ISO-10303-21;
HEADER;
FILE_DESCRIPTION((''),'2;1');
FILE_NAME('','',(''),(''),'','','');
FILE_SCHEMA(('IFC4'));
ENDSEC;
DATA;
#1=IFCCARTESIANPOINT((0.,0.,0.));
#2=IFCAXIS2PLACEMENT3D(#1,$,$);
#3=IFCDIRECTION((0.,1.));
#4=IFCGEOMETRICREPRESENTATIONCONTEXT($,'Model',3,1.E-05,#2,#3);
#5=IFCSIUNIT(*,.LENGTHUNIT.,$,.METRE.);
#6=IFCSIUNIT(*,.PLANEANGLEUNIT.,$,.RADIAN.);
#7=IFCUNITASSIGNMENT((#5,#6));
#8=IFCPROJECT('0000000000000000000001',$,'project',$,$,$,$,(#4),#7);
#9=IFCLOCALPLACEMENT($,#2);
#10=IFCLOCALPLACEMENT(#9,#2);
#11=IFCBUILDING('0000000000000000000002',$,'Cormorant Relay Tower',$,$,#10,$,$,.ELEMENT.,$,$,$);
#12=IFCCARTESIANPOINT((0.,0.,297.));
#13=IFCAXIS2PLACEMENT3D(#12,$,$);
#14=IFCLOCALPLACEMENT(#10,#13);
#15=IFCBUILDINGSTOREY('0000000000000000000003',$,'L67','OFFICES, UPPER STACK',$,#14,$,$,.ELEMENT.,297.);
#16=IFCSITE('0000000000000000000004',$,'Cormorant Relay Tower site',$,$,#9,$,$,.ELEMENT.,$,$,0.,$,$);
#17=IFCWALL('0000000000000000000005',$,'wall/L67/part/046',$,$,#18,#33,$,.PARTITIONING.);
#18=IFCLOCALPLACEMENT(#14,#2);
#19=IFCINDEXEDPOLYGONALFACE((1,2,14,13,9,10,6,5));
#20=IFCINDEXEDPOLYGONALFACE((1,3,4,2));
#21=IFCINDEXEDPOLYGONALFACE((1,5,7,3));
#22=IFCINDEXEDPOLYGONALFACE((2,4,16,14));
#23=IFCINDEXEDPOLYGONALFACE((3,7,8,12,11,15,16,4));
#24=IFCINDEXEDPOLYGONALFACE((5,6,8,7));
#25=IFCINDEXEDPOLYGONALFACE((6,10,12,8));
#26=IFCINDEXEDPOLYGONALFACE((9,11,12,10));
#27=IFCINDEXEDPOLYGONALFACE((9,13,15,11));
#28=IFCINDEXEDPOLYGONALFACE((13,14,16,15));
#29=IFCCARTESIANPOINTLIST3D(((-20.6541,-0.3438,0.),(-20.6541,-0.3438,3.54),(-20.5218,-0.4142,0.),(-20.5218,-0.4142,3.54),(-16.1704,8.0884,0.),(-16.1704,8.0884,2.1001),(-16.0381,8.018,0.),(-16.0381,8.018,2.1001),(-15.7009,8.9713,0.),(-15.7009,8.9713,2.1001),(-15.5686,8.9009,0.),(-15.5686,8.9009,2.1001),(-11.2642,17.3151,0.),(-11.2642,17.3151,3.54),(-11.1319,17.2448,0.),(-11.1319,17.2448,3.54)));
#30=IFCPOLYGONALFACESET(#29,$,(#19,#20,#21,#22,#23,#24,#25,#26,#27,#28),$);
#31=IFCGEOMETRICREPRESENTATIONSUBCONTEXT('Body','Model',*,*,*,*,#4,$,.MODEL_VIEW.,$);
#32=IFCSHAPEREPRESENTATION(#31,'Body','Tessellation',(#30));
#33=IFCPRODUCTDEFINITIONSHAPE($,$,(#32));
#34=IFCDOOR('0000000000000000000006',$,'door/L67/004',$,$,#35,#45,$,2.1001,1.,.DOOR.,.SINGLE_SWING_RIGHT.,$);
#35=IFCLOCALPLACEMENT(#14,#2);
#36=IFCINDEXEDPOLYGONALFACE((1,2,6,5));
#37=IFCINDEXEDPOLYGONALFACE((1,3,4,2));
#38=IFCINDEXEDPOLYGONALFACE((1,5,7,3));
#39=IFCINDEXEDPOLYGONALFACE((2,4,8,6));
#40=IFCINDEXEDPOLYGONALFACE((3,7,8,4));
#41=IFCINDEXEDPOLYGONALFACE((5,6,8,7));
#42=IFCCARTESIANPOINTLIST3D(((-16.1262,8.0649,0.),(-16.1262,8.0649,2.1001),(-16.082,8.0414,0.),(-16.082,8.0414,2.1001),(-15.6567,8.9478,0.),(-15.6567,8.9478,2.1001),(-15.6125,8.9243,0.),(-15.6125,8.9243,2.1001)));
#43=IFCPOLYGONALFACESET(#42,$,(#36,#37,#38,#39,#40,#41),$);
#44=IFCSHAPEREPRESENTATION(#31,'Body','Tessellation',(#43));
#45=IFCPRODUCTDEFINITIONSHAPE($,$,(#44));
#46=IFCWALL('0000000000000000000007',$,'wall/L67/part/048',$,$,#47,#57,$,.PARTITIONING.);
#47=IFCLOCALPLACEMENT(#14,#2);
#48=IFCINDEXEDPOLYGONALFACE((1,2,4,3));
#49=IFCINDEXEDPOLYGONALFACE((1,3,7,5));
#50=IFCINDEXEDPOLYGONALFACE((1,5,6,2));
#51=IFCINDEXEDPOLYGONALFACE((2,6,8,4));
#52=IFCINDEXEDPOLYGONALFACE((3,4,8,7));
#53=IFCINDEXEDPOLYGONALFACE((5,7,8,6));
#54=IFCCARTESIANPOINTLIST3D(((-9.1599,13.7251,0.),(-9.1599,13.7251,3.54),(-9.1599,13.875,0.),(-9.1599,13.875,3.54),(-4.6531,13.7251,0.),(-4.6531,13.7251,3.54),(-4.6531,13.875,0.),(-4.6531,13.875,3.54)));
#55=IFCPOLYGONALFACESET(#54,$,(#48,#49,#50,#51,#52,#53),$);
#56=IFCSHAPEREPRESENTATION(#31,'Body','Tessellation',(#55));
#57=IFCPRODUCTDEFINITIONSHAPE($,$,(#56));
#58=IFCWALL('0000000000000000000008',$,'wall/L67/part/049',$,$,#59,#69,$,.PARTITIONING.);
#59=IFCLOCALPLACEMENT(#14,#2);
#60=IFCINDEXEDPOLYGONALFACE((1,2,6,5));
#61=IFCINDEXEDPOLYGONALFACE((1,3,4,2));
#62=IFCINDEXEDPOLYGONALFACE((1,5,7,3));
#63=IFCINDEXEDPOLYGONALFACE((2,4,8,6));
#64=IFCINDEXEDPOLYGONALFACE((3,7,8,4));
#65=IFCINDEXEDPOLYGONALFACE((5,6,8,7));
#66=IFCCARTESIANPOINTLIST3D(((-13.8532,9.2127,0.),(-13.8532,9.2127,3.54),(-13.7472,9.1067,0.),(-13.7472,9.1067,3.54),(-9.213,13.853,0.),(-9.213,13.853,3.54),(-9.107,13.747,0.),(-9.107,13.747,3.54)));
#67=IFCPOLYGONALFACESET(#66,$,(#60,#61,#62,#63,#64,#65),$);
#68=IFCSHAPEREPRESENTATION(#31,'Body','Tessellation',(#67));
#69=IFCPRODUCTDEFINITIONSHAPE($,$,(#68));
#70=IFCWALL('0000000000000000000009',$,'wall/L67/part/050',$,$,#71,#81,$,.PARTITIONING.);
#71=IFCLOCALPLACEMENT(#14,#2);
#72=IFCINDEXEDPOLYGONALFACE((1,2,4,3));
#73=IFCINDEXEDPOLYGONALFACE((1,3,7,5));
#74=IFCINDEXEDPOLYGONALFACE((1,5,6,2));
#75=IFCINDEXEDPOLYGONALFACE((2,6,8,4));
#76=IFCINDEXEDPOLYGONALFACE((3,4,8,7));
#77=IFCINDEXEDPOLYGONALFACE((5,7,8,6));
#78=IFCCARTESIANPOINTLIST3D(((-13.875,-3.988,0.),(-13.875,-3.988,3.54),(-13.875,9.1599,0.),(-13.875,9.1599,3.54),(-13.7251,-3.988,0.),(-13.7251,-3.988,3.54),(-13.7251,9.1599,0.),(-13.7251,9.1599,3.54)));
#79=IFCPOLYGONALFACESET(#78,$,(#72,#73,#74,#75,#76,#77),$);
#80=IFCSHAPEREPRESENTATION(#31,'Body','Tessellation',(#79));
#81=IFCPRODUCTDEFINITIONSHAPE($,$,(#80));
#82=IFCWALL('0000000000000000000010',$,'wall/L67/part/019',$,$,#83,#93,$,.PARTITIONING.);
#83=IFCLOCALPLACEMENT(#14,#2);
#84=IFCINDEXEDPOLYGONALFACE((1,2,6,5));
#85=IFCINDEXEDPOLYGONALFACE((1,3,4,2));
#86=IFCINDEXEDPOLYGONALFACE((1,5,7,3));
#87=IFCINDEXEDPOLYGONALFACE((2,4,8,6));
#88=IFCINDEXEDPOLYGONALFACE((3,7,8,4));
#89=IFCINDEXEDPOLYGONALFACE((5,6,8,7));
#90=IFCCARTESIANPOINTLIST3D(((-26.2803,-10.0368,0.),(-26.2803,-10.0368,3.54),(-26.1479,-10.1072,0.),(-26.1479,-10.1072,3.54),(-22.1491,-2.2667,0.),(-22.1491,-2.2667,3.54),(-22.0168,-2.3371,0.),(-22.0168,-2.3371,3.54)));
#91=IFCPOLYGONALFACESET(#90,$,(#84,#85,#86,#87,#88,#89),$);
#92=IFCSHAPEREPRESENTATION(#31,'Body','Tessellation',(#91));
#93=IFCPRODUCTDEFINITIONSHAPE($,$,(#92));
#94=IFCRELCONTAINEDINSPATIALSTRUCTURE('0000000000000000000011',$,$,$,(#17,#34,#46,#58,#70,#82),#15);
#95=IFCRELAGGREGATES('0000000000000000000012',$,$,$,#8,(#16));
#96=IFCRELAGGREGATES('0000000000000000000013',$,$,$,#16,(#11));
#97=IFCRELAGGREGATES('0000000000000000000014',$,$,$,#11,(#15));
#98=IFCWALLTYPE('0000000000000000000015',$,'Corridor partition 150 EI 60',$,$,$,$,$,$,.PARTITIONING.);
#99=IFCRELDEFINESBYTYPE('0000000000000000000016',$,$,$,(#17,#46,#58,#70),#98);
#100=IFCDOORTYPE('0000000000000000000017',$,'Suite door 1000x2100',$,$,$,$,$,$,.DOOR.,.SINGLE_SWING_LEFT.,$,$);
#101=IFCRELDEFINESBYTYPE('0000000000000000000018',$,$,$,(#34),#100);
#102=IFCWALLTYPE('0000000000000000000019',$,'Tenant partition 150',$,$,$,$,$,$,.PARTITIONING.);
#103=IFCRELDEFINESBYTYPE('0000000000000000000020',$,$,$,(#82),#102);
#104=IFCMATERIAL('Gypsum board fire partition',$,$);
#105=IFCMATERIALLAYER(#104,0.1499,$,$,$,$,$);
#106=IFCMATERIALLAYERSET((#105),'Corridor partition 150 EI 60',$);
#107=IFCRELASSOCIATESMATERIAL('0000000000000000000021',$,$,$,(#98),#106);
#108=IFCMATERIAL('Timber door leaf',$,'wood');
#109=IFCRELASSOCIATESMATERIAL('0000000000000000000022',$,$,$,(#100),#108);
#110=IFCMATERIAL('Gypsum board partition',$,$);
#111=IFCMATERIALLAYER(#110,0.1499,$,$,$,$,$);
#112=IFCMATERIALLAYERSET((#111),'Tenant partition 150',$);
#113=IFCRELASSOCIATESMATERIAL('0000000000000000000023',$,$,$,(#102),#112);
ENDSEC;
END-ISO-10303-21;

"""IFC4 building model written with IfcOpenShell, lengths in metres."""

from ifc_helpers import new_model, si_unit, direction, frame, frame_2d, origin, place, context, subcontext, project, spatial, rectangle, extrude, material, layer, layer_set, type_object, element, fill, save


model = new_model("IFC4")

# Units and contexts
model_context = context("Model", 3, precision=1e-05, world=origin(), true_north=direction((0.0, 1.0)))
body_context = subcontext(model_context, "Body", "Model", "MODEL_VIEW")
ifc_project = project(units=[si_unit("LENGTHUNIT", "METRE"), si_unit("PLANEANGLEUNIT", "RADIAN")], contexts=[model_context])

# Site, building, storey
site_placement = place(None, origin())
site = spatial("IfcSite", under=ifc_project, at=site_placement, Name="Cormorant Relay Tower site", CompositionType="ELEMENT", RefElevation=0.0)
building_placement = place(site_placement, origin())
building = spatial("IfcBuilding", under=site, at=building_placement, Name="Cormorant Relay Tower", CompositionType="ELEMENT")
storey_placement = place(building_placement, frame((0.0, 0.0, 297.0)))
storey = spatial("IfcBuildingStorey", under=building, at=storey_placement, Name="L67", Description="OFFICES, UPPER STACK", CompositionType="ELEMENT", Elevation=297.0)

# Wall, opening, door
ifc_material_1 = material(Name="Gypsum board fire partition")
ifc_layer_1 = layer(ifc_material_1, 0.1499)
ifc_layer_set_1 = layer_set([ifc_layer_1], Name="Corridor partition 150 EI 60")
wall_type_1 = type_object("IfcWallType", Name="Corridor partition 150 EI 60", PredefinedType="PARTITIONING", material=ifc_layer_set_1)
wall_1_placement = place(storey_placement, frame((-20.5879, -0.3789, 0.0), z_axis=(0.0, 0.0, 1.0), x_axis=(0.46949, 0.882938, 0.0)))
wall_1 = element("IfcWall", 1, at=wall_1_placement, inside=storey, type_object=wall_type_1, Name="wall/L67/part/046", PredefinedType="PARTITIONING", context=body_context, shape_type="SweptSolid", body=[
    extrude(rectangle(XDim=20.0002, YDim=0.1499, at=frame_2d((10.0, 0.0))), origin(), (0.0, 0.0, 1.0), 3.54),
])
opening_1_placement = place(wall_1_placement, frame((9.55, 0.0, 0.0)))
opening_1 = element("IfcOpeningElement", 2, at=opening_1_placement, cuts=wall_1, PredefinedType="OPENING", context=body_context, shape_type="SweptSolid", body=[
    extrude(rectangle(XDim=1.0, YDim=2.1001, at=frame_2d((0.5, 1.05))), frame((0.0, 0.085, 0.0), z_axis=(0.0, -1.0, 0.0), x_axis=(1.0, 0.0, 0.0)), (0.0, 0.0, 1.0), 0.1699),
])
ifc_material_2 = material(Name="Timber door leaf", Category="wood")
door_type_1 = type_object("IfcDoorType", Name="Suite door 1000x2100", OperationType="SINGLE_SWING_LEFT", PredefinedType="DOOR", material=ifc_material_2)
door_1_placement = place(opening_1_placement, origin())
door_1 = element("IfcDoor", 3, at=door_1_placement, inside=storey, type_object=door_type_1, Name="door/L67/004", OperationType="SINGLE_SWING_RIGHT", OverallHeight=2.1001, OverallWidth=1.0, PredefinedType="DOOR", context=body_context, shape_type="SweptSolid", body=[
    extrude(rectangle(XDim=1.0, YDim=2.1001, at=frame_2d((0.5, 1.05))), frame((0.0, 0.0249, 0.0), z_axis=(0.0, -1.0, 0.0), x_axis=(1.0, 0.0, 0.0)), (0.0, 0.0, 1.0), 0.05),
])
fill(opening_1, door_1)

# Walls
wall_2_placement = place(storey_placement, frame((-4.6531, 13.8, 0.0), z_axis=(0.0, 0.0, 1.0), x_axis=(-1.0, 0.0, 0.0)))
element("IfcWall", 4, at=wall_2_placement, inside=storey, type_object=wall_type_1, Name="wall/L67/part/048", PredefinedType="PARTITIONING", context=body_context, shape_type="SweptSolid", body=[
    extrude(rectangle(XDim=4.5068, YDim=0.1499, at=frame_2d((2.2534, 0.0))), origin(), (0.0, 0.0, 1.0), 3.54),
])
wall_3_placement = place(storey_placement, frame((-9.1599, 13.8, 0.0), z_axis=(0.0, 0.0, 1.0), x_axis=(-0.707107, -0.707107, 0.0)))
element("IfcWall", 5, at=wall_3_placement, inside=storey, type_object=wall_type_1, Name="wall/L67/part/049", PredefinedType="PARTITIONING", context=body_context, shape_type="SweptSolid", body=[
    extrude(rectangle(XDim=6.5623, YDim=0.1499, at=frame_2d((3.2812, 0.0))), origin(), (0.0, 0.0, 1.0), 3.54),
])
wall_4_placement = place(storey_placement, frame((-13.8, 9.1599, 0.0), z_axis=(0.0, 0.0, 1.0), x_axis=(0.0, -1.0, 0.0)))
element("IfcWall", 6, at=wall_4_placement, inside=storey, type_object=wall_type_1, Name="wall/L67/part/050", PredefinedType="PARTITIONING", context=body_context, shape_type="SweptSolid", body=[
    extrude(rectangle(XDim=13.1479, YDim=0.1499, at=frame_2d((6.574, 0.0))), origin(), (0.0, 0.0, 1.0), 3.54),
])
ifc_material_3 = material(Name="Gypsum board partition")
ifc_layer_2 = layer(ifc_material_3, 0.1499)
ifc_layer_set_2 = layer_set([ifc_layer_2], Name="Tenant partition 150")
wall_type_2 = type_object("IfcWallType", Name="Tenant partition 150", PredefinedType="PARTITIONING", material=ifc_layer_set_2)
wall_5_placement = place(storey_placement, frame((-22.083, -2.302, 0.0), z_axis=(0.0, 0.0, 1.0), x_axis=(-0.469446, -0.882961, 0.0)))
element("IfcWall", 7, at=wall_5_placement, inside=storey, type_object=wall_type_2, Name="wall/L67/part/019", PredefinedType="PARTITIONING", context=body_context, shape_type="SweptSolid", body=[
    extrude(rectangle(XDim=8.8, YDim=0.1499, at=frame_2d((4.3999, 0.0))), origin(), (0.0, 0.0, 1.0), 3.54),
])

save(model, "model.ifc")
